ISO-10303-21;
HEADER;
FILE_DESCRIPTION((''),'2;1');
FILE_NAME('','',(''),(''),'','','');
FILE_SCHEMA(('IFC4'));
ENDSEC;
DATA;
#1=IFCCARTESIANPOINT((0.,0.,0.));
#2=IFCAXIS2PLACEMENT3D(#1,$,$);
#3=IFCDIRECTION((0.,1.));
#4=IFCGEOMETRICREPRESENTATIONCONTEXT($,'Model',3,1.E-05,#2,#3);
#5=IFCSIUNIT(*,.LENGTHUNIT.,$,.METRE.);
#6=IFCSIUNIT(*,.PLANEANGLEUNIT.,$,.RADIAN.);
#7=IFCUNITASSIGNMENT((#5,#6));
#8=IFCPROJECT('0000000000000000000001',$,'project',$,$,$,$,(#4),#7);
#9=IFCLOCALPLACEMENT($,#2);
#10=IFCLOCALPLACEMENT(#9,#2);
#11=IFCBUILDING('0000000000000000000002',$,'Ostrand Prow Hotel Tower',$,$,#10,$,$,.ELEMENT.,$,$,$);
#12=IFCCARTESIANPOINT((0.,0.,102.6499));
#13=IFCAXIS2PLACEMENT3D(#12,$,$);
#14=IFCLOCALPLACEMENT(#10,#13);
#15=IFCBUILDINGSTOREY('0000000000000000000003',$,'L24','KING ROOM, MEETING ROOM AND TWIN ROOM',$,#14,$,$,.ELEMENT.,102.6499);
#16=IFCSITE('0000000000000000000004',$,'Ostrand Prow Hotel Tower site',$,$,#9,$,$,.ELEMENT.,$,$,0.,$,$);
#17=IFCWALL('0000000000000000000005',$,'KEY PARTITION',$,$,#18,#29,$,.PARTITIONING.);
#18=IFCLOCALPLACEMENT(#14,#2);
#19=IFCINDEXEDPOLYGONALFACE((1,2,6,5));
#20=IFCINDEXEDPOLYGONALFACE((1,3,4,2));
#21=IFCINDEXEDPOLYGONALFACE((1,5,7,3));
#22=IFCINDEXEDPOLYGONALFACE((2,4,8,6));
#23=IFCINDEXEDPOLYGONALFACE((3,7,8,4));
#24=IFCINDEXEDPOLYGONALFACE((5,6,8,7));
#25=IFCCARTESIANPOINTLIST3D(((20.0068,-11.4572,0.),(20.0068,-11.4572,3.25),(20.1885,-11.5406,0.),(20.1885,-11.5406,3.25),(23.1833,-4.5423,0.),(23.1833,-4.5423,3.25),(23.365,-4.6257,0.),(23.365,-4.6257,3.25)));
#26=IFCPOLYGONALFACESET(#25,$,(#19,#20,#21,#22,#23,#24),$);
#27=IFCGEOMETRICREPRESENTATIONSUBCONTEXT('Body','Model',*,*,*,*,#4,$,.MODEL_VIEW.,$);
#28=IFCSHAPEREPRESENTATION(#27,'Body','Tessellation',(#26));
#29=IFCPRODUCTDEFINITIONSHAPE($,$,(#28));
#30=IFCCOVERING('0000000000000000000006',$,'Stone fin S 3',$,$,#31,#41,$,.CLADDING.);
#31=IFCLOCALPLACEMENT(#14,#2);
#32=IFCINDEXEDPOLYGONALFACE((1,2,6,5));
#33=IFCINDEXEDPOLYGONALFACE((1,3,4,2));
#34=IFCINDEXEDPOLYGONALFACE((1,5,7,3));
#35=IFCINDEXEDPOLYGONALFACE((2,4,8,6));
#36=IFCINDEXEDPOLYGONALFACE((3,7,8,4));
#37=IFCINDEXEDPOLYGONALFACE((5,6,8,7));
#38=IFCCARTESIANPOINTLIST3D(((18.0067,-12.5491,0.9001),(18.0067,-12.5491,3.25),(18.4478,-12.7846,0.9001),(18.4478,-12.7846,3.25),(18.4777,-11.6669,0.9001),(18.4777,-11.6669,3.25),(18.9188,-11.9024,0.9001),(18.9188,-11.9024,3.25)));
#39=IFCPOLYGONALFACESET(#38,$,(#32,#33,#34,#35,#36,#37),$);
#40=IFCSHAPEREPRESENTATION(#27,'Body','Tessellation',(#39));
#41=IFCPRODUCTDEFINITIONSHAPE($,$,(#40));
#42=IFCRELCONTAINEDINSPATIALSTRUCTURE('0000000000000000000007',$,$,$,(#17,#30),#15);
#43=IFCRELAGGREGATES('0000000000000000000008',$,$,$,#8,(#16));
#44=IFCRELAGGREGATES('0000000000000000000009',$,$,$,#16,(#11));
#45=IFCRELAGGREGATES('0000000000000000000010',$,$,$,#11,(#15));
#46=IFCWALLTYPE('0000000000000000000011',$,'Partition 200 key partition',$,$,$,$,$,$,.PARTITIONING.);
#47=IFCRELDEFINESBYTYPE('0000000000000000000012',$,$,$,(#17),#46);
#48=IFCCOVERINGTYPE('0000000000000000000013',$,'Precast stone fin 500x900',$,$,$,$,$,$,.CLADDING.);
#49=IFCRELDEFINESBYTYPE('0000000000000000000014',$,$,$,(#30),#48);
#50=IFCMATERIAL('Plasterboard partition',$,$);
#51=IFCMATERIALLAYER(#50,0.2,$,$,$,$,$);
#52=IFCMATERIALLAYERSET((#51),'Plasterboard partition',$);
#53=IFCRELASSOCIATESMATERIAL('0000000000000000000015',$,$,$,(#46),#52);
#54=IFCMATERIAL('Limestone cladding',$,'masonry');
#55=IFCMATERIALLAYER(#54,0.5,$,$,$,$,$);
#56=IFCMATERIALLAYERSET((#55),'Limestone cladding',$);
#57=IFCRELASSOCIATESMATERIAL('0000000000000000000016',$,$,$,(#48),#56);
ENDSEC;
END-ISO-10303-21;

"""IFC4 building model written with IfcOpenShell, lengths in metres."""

from ifc_helpers import new_model, si_unit, direction, frame, frame_2d, origin, place, context, subcontext, project, spatial, rectangle, extrude, material, layer, layer_set, type_object, element, save


model = new_model("IFC4")

# Units and contexts
model_context = context("Model", 3, precision=1e-05, world=origin(), true_north=direction((0.0, 1.0)))
body_context = subcontext(model_context, "Body", "Model", "MODEL_VIEW")
ifc_project = project(units=[si_unit("LENGTHUNIT", "METRE"), si_unit("PLANEANGLEUNIT", "RADIAN")], contexts=[model_context])

# Site, building, storey
site_placement = place(None, origin())
site = spatial("IfcSite", under=ifc_project, at=site_placement, Name="Ostrand Prow Hotel Tower site", CompositionType="ELEMENT", RefElevation=0.0)
building_placement = place(site_placement, origin())
building = spatial("IfcBuilding", under=site, at=building_placement, Name="Ostrand Prow Hotel Tower", CompositionType="ELEMENT")
storey_placement = place(building_placement, frame((0.0, 0.0, 102.6499)))
storey = spatial("IfcBuildingStorey", under=building, at=storey_placement, Name="L24", Description="KING ROOM, MEETING ROOM AND TWIN ROOM", CompositionType="ELEMENT", Elevation=102.6499)

# Wall
ifc_material_1 = material(Name="Plasterboard partition")
ifc_layer_1 = layer(ifc_material_1, 0.2)
ifc_layer_set_1 = layer_set([ifc_layer_1], Name="Plasterboard partition")
wall_type_1 = type_object("IfcWallType", Name="Partition 200 key partition", PredefinedType="PARTITIONING", material=ifc_layer_set_1)
wall_1_placement = place(storey_placement, frame((20.0977, -11.4988, 0.0), z_axis=(0.0, 0.0, 1.0), x_axis=(0.41744, 0.908704, 0.0)))
element("IfcWall", 1, at=wall_1_placement, inside=storey, type_object=wall_type_1, Name="KEY PARTITION", PredefinedType="PARTITIONING", context=body_context, shape_type="SweptSolid", body=[
    extrude(rectangle(XDim=7.6096, YDim=0.2, at=frame_2d((3.8047, 0.0))), origin(), (0.0, 0.0, 1.0), 3.25),
])

# Covering
ifc_material_2 = material(Name="Limestone cladding", Category="masonry")
ifc_layer_2 = layer(ifc_material_2, 0.5)
ifc_layer_set_2 = layer_set([ifc_layer_2], Name="Limestone cladding")
covering_type = type_object("IfcCoveringType", Name="Precast stone fin 500x900", PredefinedType="CLADDING", material=ifc_layer_set_2)
covering_placement = place(storey_placement, frame((18.6982, -11.7847, 0.9001), z_axis=(0.0, 0.0, 1.0), x_axis=(-0.470981, -0.882143, 0.0)))
element("IfcCovering", 2, at=covering_placement, inside=storey, type_object=covering_type, Name="Stone fin S 3", PredefinedType="CLADDING", context=body_context, shape_type="SweptSolid", body=[
    extrude(rectangle(XDim=1.0, YDim=0.5, at=frame_2d((0.5, 0.0))), origin(), (0.0, 0.0, 1.0), 2.3499),
])

save(model, "model.ifc")
